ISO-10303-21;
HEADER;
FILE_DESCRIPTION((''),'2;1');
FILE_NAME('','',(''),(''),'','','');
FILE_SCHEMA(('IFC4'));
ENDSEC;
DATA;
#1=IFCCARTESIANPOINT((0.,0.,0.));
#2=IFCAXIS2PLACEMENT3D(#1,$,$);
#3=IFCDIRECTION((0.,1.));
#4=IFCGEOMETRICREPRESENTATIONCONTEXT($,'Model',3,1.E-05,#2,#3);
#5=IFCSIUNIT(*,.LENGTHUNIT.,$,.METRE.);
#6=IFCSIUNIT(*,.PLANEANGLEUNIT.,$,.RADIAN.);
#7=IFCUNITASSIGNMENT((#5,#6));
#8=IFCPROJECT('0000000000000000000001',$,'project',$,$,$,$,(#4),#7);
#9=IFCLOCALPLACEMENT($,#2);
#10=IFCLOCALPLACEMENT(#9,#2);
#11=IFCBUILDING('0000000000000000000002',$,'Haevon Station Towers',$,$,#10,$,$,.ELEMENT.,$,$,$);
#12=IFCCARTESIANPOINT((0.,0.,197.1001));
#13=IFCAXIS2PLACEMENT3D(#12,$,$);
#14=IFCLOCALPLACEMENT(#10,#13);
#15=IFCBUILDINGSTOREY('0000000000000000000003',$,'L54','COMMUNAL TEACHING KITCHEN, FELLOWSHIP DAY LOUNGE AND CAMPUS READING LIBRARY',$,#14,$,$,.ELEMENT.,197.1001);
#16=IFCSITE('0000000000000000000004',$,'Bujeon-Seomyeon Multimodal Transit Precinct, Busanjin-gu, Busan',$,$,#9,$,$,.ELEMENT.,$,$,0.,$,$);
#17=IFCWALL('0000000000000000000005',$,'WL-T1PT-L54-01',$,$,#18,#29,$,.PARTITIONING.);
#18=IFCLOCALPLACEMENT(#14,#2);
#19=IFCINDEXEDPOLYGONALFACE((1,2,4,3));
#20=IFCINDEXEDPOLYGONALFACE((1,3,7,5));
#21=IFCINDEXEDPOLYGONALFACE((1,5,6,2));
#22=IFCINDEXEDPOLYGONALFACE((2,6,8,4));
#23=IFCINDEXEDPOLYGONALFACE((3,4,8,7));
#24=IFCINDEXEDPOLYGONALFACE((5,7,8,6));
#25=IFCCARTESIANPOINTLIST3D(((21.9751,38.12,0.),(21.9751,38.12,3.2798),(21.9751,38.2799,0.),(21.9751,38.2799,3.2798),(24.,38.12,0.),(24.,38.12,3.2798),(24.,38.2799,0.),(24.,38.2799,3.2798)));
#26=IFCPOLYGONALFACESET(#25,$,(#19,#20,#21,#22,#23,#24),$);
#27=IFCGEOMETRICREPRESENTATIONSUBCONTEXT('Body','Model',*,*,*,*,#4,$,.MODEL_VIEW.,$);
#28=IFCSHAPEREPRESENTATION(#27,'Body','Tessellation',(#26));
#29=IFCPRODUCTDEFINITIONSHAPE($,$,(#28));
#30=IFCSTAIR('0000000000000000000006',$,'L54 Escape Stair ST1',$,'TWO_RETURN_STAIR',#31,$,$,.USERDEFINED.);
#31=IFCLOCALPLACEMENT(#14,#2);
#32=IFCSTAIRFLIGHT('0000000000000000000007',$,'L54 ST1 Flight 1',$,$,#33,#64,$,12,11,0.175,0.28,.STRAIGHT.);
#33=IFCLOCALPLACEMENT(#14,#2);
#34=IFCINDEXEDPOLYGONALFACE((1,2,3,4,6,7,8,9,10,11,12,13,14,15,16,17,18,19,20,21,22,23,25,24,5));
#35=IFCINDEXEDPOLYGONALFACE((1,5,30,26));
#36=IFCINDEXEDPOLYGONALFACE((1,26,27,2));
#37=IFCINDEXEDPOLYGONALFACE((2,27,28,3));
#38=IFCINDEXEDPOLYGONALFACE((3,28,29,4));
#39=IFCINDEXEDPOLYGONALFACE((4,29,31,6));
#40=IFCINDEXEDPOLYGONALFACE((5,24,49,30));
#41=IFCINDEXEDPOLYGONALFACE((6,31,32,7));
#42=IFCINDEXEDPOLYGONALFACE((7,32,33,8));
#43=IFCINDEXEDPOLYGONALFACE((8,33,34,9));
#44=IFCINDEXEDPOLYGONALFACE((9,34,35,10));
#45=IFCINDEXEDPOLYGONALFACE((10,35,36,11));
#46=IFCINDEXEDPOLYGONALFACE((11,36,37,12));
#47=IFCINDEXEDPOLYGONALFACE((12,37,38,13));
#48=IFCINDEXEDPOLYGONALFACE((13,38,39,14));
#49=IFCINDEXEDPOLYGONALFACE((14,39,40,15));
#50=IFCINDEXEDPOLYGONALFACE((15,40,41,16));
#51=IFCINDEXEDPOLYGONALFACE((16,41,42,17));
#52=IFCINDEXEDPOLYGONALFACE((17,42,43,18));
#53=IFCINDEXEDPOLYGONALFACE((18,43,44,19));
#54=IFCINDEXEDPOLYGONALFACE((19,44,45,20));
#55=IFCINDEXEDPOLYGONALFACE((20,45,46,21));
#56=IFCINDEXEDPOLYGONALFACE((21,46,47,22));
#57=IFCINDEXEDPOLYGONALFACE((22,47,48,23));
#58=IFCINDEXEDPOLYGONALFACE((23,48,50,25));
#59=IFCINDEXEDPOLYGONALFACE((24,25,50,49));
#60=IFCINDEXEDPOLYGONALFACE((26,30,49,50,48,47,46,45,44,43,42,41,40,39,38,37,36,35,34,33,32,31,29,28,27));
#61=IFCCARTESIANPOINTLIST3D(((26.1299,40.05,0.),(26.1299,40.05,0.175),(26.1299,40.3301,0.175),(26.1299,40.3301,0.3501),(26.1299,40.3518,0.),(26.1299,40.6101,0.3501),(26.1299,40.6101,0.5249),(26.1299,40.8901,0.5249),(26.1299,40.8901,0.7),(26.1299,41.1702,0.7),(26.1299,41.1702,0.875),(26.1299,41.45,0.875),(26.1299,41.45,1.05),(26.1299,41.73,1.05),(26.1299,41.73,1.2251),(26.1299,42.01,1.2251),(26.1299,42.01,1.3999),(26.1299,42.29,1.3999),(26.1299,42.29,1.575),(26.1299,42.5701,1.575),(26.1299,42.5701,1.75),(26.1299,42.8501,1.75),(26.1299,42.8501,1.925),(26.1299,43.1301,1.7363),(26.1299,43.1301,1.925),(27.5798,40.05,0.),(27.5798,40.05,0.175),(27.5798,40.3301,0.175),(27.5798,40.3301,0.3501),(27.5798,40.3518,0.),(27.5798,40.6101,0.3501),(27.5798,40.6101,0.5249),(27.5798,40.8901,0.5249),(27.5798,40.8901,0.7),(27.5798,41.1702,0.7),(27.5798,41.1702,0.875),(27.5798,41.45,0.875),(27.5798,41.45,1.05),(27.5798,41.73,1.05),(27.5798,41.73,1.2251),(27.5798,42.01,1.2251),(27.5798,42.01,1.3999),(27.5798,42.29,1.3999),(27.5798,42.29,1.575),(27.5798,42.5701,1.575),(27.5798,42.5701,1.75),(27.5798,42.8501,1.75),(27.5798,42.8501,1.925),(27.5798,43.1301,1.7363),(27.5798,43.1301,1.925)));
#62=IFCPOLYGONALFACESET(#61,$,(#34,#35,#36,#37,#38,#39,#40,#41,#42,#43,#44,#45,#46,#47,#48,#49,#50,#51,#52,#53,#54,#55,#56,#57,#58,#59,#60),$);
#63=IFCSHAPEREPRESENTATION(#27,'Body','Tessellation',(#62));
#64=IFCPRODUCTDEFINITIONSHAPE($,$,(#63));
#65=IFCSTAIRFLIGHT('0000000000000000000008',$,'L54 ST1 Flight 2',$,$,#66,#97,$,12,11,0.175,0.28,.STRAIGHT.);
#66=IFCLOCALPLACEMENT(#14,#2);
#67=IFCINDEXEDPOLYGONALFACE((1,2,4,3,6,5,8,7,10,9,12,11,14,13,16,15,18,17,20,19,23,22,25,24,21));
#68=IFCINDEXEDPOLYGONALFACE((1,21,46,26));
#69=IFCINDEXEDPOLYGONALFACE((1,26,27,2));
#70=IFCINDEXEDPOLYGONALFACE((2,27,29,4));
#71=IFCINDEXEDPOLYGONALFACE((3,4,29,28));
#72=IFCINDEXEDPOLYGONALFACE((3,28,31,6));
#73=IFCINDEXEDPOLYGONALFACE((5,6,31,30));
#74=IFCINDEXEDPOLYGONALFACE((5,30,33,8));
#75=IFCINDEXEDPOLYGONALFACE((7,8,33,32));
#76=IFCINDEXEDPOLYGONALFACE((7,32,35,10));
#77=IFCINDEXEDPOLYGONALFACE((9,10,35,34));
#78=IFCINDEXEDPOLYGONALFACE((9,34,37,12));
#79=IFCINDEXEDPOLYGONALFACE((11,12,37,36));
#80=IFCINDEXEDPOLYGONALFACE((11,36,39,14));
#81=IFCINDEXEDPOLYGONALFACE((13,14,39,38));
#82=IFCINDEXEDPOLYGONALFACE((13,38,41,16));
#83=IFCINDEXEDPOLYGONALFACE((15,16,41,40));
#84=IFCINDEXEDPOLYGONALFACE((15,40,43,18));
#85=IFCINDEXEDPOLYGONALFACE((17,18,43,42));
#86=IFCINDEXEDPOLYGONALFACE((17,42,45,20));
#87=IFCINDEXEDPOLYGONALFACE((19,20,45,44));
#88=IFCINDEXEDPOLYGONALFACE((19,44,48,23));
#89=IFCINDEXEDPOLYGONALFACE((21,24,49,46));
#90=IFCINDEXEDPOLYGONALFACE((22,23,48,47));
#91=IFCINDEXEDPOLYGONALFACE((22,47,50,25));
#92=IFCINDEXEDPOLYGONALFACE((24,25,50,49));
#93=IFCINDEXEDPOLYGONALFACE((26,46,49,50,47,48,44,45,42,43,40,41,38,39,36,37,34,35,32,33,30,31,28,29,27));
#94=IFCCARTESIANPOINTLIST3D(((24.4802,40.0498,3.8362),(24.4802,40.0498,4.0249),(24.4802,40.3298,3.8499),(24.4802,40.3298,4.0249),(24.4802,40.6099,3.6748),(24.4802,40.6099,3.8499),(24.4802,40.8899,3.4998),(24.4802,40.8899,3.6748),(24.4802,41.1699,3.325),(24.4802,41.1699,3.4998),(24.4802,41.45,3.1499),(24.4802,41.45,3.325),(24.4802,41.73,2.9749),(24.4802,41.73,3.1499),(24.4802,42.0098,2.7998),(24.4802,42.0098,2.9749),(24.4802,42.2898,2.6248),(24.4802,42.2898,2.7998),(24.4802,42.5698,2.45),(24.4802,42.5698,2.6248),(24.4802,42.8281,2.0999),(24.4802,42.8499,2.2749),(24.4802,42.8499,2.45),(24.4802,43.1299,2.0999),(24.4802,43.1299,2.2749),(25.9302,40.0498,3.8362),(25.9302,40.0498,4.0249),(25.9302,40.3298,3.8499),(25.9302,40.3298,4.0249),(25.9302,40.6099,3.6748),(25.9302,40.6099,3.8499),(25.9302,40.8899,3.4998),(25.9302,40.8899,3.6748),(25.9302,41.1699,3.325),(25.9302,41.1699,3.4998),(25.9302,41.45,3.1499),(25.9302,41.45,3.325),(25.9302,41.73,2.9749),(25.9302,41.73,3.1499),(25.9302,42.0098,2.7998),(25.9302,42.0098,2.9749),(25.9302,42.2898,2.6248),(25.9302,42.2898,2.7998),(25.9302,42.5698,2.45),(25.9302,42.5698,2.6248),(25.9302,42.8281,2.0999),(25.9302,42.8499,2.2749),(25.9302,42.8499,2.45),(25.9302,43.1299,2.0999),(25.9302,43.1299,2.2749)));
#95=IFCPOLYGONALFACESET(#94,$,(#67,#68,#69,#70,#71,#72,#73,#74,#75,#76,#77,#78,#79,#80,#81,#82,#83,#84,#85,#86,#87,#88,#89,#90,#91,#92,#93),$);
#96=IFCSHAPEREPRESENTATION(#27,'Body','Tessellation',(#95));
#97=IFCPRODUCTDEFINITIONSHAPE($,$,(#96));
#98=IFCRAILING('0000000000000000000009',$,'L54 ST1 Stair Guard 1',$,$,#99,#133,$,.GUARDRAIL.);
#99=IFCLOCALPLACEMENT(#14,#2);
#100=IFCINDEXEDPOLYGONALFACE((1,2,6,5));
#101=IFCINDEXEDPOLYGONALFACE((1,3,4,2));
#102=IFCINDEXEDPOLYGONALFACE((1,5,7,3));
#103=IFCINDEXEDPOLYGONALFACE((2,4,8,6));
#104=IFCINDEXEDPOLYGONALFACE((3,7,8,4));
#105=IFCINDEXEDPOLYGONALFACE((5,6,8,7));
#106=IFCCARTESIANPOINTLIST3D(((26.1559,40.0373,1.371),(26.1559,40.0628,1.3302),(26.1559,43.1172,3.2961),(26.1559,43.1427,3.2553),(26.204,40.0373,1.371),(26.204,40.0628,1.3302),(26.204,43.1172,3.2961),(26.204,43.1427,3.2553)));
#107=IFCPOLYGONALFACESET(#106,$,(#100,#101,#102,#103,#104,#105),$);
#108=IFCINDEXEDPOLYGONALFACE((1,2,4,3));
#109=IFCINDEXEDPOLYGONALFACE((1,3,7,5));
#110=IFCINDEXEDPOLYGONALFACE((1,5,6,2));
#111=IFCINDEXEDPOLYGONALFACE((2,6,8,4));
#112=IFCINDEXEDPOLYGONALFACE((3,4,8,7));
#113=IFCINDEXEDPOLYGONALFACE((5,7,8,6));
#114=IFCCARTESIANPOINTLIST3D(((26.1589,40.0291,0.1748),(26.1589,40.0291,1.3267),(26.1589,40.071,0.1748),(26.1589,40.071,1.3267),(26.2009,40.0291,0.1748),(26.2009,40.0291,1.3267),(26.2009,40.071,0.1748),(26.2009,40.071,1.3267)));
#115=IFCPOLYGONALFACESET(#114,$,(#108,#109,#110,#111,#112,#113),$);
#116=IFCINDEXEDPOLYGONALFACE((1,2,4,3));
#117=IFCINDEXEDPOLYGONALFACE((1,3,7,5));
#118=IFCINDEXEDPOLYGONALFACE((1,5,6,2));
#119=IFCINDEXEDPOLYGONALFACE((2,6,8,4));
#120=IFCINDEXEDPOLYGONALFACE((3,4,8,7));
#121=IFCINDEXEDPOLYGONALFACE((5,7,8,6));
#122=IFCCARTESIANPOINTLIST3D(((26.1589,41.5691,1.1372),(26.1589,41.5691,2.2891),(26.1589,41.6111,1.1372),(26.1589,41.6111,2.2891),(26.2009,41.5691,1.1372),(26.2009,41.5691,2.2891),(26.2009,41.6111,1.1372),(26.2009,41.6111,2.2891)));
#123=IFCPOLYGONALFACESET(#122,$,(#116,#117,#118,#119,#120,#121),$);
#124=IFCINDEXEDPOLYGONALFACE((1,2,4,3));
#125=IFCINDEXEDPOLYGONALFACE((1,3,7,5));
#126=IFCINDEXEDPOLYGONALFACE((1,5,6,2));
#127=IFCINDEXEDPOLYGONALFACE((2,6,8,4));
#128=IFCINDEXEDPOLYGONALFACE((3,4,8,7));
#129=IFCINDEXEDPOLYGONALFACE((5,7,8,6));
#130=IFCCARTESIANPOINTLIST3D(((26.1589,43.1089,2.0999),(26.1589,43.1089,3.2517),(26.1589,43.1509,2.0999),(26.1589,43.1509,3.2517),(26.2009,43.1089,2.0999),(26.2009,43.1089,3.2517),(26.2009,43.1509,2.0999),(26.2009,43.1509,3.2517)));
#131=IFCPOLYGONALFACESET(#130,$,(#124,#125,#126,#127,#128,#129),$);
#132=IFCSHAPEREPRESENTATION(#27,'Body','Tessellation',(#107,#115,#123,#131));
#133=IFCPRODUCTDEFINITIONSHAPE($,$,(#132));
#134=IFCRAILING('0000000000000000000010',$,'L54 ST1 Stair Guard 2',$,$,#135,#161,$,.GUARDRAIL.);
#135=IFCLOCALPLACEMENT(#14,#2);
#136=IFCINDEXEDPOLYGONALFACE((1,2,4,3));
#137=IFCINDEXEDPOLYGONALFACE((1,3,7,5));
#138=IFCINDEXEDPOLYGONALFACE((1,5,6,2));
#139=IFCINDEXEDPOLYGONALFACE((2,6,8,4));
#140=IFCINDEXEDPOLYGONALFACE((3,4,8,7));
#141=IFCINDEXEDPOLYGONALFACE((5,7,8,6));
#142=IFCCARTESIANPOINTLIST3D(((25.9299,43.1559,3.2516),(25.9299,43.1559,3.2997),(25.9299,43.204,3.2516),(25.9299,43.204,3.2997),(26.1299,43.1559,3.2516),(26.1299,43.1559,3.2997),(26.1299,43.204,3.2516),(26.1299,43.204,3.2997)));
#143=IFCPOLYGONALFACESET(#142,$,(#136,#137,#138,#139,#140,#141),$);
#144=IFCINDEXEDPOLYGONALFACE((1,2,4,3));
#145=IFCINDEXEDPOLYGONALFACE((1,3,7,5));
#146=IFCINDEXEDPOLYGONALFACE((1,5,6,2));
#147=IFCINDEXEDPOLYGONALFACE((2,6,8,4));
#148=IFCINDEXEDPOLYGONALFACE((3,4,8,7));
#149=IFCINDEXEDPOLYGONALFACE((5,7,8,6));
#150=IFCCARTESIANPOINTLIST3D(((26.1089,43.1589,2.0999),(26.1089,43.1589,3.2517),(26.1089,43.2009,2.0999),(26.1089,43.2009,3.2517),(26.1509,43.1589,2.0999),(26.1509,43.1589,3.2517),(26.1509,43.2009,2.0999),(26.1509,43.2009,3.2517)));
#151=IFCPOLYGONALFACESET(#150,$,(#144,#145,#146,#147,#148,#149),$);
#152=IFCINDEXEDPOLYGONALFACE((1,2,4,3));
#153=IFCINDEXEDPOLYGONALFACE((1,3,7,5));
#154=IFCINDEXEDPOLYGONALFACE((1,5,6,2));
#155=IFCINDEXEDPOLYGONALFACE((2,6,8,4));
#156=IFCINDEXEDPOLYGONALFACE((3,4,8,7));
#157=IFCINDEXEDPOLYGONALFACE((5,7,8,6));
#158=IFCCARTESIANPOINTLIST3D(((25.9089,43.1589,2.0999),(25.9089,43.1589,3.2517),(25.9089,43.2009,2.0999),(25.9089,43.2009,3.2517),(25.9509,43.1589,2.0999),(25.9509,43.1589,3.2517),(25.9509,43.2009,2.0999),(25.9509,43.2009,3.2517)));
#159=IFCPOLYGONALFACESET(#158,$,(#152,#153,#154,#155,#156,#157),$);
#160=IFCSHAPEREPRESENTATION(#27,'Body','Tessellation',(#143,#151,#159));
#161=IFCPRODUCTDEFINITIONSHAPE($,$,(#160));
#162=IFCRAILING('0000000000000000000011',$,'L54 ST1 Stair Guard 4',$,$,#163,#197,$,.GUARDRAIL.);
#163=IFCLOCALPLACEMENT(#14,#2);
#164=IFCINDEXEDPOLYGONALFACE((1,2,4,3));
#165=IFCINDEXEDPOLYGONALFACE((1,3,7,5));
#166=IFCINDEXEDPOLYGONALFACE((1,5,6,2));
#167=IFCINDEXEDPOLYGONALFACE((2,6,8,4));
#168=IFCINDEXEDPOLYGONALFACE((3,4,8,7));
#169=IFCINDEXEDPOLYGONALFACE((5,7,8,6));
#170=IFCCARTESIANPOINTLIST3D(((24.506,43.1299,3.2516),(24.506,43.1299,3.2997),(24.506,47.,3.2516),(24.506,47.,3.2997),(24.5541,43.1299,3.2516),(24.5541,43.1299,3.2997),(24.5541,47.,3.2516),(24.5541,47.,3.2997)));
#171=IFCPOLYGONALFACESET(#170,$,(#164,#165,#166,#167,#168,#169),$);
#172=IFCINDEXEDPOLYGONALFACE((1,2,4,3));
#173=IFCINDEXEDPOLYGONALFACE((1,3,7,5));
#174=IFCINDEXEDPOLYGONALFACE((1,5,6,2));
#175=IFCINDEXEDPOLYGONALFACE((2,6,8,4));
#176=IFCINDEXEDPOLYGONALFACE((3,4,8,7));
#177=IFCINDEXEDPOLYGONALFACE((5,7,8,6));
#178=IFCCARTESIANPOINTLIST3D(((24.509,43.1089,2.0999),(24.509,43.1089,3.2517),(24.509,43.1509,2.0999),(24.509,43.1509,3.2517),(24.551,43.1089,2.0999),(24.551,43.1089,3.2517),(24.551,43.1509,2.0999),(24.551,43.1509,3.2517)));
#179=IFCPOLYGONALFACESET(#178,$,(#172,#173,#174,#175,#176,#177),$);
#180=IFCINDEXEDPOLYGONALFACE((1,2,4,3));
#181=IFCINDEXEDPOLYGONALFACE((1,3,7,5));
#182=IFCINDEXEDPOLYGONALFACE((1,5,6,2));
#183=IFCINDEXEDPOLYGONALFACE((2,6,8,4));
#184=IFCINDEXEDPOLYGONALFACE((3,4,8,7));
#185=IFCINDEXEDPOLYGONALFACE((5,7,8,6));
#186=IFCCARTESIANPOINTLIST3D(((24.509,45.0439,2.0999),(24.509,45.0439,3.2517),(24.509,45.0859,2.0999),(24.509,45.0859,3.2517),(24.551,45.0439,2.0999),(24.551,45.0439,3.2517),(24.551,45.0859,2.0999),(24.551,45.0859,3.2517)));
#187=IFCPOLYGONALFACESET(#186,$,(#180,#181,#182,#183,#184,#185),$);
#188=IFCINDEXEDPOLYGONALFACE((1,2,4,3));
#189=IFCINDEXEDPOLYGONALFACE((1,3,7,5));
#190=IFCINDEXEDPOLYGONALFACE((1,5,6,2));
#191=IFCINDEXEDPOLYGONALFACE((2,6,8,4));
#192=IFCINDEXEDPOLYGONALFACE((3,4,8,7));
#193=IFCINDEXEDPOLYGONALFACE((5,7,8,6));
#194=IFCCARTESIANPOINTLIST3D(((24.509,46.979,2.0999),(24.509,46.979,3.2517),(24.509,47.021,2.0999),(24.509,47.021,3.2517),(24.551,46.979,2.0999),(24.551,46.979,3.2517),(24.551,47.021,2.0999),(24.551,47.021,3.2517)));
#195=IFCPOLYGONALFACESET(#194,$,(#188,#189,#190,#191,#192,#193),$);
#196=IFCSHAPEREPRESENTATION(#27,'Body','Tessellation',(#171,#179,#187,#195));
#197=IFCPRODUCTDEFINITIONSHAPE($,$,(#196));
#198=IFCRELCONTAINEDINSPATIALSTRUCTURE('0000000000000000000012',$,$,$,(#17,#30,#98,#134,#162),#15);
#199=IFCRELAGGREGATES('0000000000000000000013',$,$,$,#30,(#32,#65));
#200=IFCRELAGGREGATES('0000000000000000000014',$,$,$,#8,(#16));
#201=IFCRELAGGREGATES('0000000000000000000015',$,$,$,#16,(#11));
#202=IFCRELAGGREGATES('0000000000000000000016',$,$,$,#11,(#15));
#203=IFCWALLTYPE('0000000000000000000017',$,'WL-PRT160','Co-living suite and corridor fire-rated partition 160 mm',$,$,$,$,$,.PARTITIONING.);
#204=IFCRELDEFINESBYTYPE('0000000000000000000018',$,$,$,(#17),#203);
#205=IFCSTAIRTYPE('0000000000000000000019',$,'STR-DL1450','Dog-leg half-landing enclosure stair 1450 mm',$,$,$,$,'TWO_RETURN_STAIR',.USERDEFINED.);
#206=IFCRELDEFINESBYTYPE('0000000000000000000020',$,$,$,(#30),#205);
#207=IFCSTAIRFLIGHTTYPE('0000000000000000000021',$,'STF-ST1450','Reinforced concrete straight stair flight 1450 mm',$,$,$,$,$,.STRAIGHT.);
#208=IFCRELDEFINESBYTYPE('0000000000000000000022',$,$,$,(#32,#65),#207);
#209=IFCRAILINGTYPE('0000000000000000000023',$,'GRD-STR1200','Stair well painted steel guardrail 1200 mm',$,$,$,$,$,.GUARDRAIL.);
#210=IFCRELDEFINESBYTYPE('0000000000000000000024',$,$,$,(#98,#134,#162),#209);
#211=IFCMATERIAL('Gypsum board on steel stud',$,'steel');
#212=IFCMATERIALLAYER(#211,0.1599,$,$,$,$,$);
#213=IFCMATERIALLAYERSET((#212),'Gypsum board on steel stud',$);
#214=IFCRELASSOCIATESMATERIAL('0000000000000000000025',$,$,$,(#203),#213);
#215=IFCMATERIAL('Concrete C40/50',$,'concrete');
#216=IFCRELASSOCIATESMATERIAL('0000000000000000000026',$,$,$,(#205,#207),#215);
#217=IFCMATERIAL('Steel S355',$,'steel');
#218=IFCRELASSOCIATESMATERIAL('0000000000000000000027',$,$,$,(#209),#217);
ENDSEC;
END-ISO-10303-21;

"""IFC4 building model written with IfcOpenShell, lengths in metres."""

from ifc_helpers import new_model, si_unit, direction, frame, frame_2d, origin, origin_2d, place, context, subcontext, project, spatial, polyline, rectangle, outline, extrude, material, layer, layer_set, type_object, element, aggregate, save


model = new_model("IFC4")

# Units and contexts
model_context = context("Model", 3, precision=1e-05, world=origin(), true_north=direction((0.0, 1.0)))
body_context = subcontext(model_context, "Body", "Model", "MODEL_VIEW")
ifc_project = project(units=[si_unit("LENGTHUNIT", "METRE"), si_unit("PLANEANGLEUNIT", "RADIAN")], contexts=[model_context])

# Site, building, storey
site_placement = place(None, origin())
site = spatial("IfcSite", under=ifc_project, at=site_placement, Name="Bujeon-Seomyeon Multimodal Transit Precinct, Busanjin-gu, Busan", CompositionType="ELEMENT", RefElevation=0.0)
building_placement = place(site_placement, origin())
building = spatial("IfcBuilding", under=site, at=building_placement, Name="Haevon Station Towers", CompositionType="ELEMENT")
storey_placement = place(building_placement, frame((0.0, 0.0, 197.1001)))
storey = spatial("IfcBuildingStorey", under=building, at=storey_placement, Name="L54", Description="COMMUNAL TEACHING KITCHEN, FELLOWSHIP DAY LOUNGE AND CAMPUS READING LIBRARY", CompositionType="ELEMENT", Elevation=197.1001)

# Shared definitions
ifc_material_1 = material(Name="Steel S355", Category="steel")

# Shared definitions
ifc_material_2 = material(Name="Gypsum board on steel stud", Category="steel")

# Wall
ifc_layer_1 = layer(ifc_material_2, 0.1599)
ifc_layer_set_1 = layer_set([ifc_layer_1], Name="Gypsum board on steel stud")
wall_type_1 = type_object("IfcWallType", Name="WL-PRT160", Description="Co-living suite and corridor fire-rated partition 160 mm", PredefinedType="PARTITIONING", material=ifc_layer_set_1)
wall_1_placement = place(storey_placement, frame((21.9751, 38.2, 0.0), z_axis=(0.0, 0.0, 1.0), x_axis=(1.0, 0.0, 0.0)))
element("IfcWall", 1, at=wall_1_placement, inside=storey, type_object=wall_type_1, Name="WL-T1PT-L54-01", PredefinedType="PARTITIONING", context=body_context, shape_type="SweptSolid", body=[
    extrude(rectangle(XDim=2.0249, YDim=0.1599, at=frame_2d((1.0125, 0.0))), origin(), (0.0, 0.0, 1.0), 3.2798),
])

# Stair, stair flights
ifc_material_3 = material(Name="Concrete C40/50", Category="concrete")
stair_type = type_object("IfcStairType", Name="STR-DL1450", Description="Dog-leg half-landing enclosure stair 1450 mm", ElementType="TWO_RETURN_STAIR", PredefinedType="USERDEFINED", material=ifc_material_3)
stair_placement = place(storey_placement, origin())
stair = element("IfcStair", 2, at=stair_placement, inside=storey, type_object=stair_type, Name="L54 Escape Stair ST1", ObjectType="TWO_RETURN_STAIR", PredefinedType="USERDEFINED")
stair_flight_type = type_object("IfcStairFlightType", Name="STF-ST1450", Description="Reinforced concrete straight stair flight 1450 mm", PredefinedType="STRAIGHT", material=ifc_material_3)
stair_flight_1_placement = place(storey_placement, frame((26.855, 40.05, 0.0), z_axis=(0.0, 0.0, 1.0), x_axis=(0.0, 1.0, 0.0)))
stair_flight_1 = element("IfcStairFlight", 3, at=stair_flight_1_placement, type_object=stair_flight_type, Name="L54 ST1 Flight 1", NumberOfRisers=12, NumberOfTreads=11, PredefinedType="STRAIGHT", RiserHeight=0.175, TreadLength=0.28, context=body_context, shape_type="SweptSolid", body=[
    extrude(outline(polyline([(0.0, 0.0), (0.0, 0.175), (0.28, 0.175), (0.28, 0.3501), (0.5601, 0.3501), (0.5601, 0.5249), (0.8401, 0.5249), (0.8401, 0.7), (1.1201, 0.7), (1.1201, 0.875), (1.3999, 0.875), (1.3999, 1.05), (1.6799, 1.05), (1.6799, 1.2251), (1.96, 1.2251), (1.96, 1.3999), (2.24, 1.3999), (2.24, 1.575), (2.52, 1.575), (2.52, 1.75), (2.8, 1.75), (2.8, 1.925), (3.0801, 1.925), (3.0801, 2.1001), (3.0801, 1.7363), (0.3018, 0.0), (0.0, 0.0)])), frame((0.0, 0.7251, 0.0), z_axis=(0.0, -1.0, 0.0), x_axis=(1.0, 0.0, 0.0)), (0.0, 0.0, 1.0), 1.45),
])
stair_flight_2_placement = place(storey_placement, frame((25.2051, 43.1299, 2.0999), z_axis=(0.0, 0.0, 1.0), x_axis=(0.0, -1.0, 0.0)))
stair_flight_2 = element("IfcStairFlight", 4, at=stair_flight_2_placement, type_object=stair_flight_type, Name="L54 ST1 Flight 2", NumberOfRisers=12, NumberOfTreads=11, PredefinedType="STRAIGHT", RiserHeight=0.175, TreadLength=0.28, context=body_context, shape_type="SweptSolid", body=[
    extrude(outline(polyline([(0.0, 0.0), (0.0, 0.175), (0.28, 0.175), (0.28, 0.3501), (0.5601, 0.3501), (0.5601, 0.5249), (0.8401, 0.5249), (0.8401, 0.7), (1.1201, 0.7), (1.1201, 0.875), (1.3999, 0.875), (1.3999, 1.05), (1.6799, 1.05), (1.6799, 1.2251), (1.96, 1.2251), (1.96, 1.3999), (2.24, 1.3999), (2.24, 1.575), (2.52, 1.575), (2.52, 1.75), (2.8, 1.75), (2.8, 1.925), (3.0801, 1.925), (3.0801, 2.1001), (3.0801, 1.7363), (0.3018, 0.0), (0.0, 0.0)])), frame((0.0, 0.7251, 0.0), z_axis=(0.0, -1.0, 0.0), x_axis=(1.0, 0.0, 0.0)), (0.0, 0.0, 1.0), 1.45),
])
aggregate(stair, [stair_flight_1, stair_flight_2])

# Railings
railing_type_1 = type_object("IfcRailingType", Name="GRD-STR1200", Description="Stair well painted steel guardrail 1200 mm", PredefinedType="GUARDRAIL", material=ifc_material_1)
railing_1_placement = place(storey_placement, frame((26.1799, 40.05, 0.1748)))
element("IfcRailing", 5, at=railing_1_placement, inside=storey, type_object=railing_type_1, Name="L54 ST1 Stair Guard 1", PredefinedType="GUARDRAIL", context=body_context, shape_type="SweptSolid", body=[
    extrude(rectangle(XDim=0.0481, YDim=0.0481, at=origin_2d()), frame((0.0, 0.0, 1.1758), z_axis=(0.0, 0.847979, 0.530029), x_axis=(-1.0, 0.0, 0.0)), (0.0, 0.0, 1.0), 3.6321),
    extrude(rectangle(XDim=0.042, YDim=0.042, at=origin_2d()), origin(), (0.0, 0.0, 1.0), 1.1519),
    extrude(rectangle(XDim=0.042, YDim=0.042, at=origin_2d()), frame((0.0, 1.54, 0.9624)), (0.0, 0.0, 1.0), 1.1519),
    extrude(rectangle(XDim=0.042, YDim=0.042, at=origin_2d()), frame((0.0, 3.0798, 1.925)), (0.0, 0.0, 1.0), 1.1519),
])
railing_2_placement = place(storey_placement, frame((26.1299, 43.1799, 2.0999)))
element("IfcRailing", 6, at=railing_2_placement, inside=storey, type_object=railing_type_1, Name="L54 ST1 Stair Guard 2", PredefinedType="GUARDRAIL", context=body_context, shape_type="SweptSolid", body=[
    extrude(rectangle(XDim=0.0481, YDim=0.0481, at=origin_2d()), frame((0.0, 0.0, 1.1758), z_axis=(-1.0, 0.0, 0.0), x_axis=(0.0, -1.0, 0.0)), (0.0, 0.0, 1.0), 0.2),
    extrude(rectangle(XDim=0.042, YDim=0.042, at=origin_2d()), origin(), (0.0, 0.0, 1.0), 1.1519),
    extrude(rectangle(XDim=0.042, YDim=0.042, at=origin_2d()), frame((-0.2, 0.0, 0.0)), (0.0, 0.0, 1.0), 1.1519),
])
railing_3_placement = place(storey_placement, frame((24.53, 43.1299, 2.0999)))
element("IfcRailing", 7, at=railing_3_placement, inside=storey, type_object=railing_type_1, Name="L54 ST1 Stair Guard 4", PredefinedType="GUARDRAIL", context=body_context, shape_type="SweptSolid", body=[
    extrude(rectangle(XDim=0.0481, YDim=0.0481, at=origin_2d()), frame((0.0, 0.0, 1.1758), z_axis=(0.0, 1.0, 0.0), x_axis=(-1.0, 0.0, 0.0)), (0.0, 0.0, 1.0), 3.8701),
    extrude(rectangle(XDim=0.042, YDim=0.042, at=origin_2d()), origin(), (0.0, 0.0, 1.0), 1.1519),
    extrude(rectangle(XDim=0.042, YDim=0.042, at=origin_2d()), frame((0.0, 1.9351, 0.0)), (0.0, 0.0, 1.0), 1.1519),
    extrude(rectangle(XDim=0.042, YDim=0.042, at=origin_2d()), frame((0.0, 3.8701, 0.0)), (0.0, 0.0, 1.0), 1.1519),
])

save(model, "model.ifc")
